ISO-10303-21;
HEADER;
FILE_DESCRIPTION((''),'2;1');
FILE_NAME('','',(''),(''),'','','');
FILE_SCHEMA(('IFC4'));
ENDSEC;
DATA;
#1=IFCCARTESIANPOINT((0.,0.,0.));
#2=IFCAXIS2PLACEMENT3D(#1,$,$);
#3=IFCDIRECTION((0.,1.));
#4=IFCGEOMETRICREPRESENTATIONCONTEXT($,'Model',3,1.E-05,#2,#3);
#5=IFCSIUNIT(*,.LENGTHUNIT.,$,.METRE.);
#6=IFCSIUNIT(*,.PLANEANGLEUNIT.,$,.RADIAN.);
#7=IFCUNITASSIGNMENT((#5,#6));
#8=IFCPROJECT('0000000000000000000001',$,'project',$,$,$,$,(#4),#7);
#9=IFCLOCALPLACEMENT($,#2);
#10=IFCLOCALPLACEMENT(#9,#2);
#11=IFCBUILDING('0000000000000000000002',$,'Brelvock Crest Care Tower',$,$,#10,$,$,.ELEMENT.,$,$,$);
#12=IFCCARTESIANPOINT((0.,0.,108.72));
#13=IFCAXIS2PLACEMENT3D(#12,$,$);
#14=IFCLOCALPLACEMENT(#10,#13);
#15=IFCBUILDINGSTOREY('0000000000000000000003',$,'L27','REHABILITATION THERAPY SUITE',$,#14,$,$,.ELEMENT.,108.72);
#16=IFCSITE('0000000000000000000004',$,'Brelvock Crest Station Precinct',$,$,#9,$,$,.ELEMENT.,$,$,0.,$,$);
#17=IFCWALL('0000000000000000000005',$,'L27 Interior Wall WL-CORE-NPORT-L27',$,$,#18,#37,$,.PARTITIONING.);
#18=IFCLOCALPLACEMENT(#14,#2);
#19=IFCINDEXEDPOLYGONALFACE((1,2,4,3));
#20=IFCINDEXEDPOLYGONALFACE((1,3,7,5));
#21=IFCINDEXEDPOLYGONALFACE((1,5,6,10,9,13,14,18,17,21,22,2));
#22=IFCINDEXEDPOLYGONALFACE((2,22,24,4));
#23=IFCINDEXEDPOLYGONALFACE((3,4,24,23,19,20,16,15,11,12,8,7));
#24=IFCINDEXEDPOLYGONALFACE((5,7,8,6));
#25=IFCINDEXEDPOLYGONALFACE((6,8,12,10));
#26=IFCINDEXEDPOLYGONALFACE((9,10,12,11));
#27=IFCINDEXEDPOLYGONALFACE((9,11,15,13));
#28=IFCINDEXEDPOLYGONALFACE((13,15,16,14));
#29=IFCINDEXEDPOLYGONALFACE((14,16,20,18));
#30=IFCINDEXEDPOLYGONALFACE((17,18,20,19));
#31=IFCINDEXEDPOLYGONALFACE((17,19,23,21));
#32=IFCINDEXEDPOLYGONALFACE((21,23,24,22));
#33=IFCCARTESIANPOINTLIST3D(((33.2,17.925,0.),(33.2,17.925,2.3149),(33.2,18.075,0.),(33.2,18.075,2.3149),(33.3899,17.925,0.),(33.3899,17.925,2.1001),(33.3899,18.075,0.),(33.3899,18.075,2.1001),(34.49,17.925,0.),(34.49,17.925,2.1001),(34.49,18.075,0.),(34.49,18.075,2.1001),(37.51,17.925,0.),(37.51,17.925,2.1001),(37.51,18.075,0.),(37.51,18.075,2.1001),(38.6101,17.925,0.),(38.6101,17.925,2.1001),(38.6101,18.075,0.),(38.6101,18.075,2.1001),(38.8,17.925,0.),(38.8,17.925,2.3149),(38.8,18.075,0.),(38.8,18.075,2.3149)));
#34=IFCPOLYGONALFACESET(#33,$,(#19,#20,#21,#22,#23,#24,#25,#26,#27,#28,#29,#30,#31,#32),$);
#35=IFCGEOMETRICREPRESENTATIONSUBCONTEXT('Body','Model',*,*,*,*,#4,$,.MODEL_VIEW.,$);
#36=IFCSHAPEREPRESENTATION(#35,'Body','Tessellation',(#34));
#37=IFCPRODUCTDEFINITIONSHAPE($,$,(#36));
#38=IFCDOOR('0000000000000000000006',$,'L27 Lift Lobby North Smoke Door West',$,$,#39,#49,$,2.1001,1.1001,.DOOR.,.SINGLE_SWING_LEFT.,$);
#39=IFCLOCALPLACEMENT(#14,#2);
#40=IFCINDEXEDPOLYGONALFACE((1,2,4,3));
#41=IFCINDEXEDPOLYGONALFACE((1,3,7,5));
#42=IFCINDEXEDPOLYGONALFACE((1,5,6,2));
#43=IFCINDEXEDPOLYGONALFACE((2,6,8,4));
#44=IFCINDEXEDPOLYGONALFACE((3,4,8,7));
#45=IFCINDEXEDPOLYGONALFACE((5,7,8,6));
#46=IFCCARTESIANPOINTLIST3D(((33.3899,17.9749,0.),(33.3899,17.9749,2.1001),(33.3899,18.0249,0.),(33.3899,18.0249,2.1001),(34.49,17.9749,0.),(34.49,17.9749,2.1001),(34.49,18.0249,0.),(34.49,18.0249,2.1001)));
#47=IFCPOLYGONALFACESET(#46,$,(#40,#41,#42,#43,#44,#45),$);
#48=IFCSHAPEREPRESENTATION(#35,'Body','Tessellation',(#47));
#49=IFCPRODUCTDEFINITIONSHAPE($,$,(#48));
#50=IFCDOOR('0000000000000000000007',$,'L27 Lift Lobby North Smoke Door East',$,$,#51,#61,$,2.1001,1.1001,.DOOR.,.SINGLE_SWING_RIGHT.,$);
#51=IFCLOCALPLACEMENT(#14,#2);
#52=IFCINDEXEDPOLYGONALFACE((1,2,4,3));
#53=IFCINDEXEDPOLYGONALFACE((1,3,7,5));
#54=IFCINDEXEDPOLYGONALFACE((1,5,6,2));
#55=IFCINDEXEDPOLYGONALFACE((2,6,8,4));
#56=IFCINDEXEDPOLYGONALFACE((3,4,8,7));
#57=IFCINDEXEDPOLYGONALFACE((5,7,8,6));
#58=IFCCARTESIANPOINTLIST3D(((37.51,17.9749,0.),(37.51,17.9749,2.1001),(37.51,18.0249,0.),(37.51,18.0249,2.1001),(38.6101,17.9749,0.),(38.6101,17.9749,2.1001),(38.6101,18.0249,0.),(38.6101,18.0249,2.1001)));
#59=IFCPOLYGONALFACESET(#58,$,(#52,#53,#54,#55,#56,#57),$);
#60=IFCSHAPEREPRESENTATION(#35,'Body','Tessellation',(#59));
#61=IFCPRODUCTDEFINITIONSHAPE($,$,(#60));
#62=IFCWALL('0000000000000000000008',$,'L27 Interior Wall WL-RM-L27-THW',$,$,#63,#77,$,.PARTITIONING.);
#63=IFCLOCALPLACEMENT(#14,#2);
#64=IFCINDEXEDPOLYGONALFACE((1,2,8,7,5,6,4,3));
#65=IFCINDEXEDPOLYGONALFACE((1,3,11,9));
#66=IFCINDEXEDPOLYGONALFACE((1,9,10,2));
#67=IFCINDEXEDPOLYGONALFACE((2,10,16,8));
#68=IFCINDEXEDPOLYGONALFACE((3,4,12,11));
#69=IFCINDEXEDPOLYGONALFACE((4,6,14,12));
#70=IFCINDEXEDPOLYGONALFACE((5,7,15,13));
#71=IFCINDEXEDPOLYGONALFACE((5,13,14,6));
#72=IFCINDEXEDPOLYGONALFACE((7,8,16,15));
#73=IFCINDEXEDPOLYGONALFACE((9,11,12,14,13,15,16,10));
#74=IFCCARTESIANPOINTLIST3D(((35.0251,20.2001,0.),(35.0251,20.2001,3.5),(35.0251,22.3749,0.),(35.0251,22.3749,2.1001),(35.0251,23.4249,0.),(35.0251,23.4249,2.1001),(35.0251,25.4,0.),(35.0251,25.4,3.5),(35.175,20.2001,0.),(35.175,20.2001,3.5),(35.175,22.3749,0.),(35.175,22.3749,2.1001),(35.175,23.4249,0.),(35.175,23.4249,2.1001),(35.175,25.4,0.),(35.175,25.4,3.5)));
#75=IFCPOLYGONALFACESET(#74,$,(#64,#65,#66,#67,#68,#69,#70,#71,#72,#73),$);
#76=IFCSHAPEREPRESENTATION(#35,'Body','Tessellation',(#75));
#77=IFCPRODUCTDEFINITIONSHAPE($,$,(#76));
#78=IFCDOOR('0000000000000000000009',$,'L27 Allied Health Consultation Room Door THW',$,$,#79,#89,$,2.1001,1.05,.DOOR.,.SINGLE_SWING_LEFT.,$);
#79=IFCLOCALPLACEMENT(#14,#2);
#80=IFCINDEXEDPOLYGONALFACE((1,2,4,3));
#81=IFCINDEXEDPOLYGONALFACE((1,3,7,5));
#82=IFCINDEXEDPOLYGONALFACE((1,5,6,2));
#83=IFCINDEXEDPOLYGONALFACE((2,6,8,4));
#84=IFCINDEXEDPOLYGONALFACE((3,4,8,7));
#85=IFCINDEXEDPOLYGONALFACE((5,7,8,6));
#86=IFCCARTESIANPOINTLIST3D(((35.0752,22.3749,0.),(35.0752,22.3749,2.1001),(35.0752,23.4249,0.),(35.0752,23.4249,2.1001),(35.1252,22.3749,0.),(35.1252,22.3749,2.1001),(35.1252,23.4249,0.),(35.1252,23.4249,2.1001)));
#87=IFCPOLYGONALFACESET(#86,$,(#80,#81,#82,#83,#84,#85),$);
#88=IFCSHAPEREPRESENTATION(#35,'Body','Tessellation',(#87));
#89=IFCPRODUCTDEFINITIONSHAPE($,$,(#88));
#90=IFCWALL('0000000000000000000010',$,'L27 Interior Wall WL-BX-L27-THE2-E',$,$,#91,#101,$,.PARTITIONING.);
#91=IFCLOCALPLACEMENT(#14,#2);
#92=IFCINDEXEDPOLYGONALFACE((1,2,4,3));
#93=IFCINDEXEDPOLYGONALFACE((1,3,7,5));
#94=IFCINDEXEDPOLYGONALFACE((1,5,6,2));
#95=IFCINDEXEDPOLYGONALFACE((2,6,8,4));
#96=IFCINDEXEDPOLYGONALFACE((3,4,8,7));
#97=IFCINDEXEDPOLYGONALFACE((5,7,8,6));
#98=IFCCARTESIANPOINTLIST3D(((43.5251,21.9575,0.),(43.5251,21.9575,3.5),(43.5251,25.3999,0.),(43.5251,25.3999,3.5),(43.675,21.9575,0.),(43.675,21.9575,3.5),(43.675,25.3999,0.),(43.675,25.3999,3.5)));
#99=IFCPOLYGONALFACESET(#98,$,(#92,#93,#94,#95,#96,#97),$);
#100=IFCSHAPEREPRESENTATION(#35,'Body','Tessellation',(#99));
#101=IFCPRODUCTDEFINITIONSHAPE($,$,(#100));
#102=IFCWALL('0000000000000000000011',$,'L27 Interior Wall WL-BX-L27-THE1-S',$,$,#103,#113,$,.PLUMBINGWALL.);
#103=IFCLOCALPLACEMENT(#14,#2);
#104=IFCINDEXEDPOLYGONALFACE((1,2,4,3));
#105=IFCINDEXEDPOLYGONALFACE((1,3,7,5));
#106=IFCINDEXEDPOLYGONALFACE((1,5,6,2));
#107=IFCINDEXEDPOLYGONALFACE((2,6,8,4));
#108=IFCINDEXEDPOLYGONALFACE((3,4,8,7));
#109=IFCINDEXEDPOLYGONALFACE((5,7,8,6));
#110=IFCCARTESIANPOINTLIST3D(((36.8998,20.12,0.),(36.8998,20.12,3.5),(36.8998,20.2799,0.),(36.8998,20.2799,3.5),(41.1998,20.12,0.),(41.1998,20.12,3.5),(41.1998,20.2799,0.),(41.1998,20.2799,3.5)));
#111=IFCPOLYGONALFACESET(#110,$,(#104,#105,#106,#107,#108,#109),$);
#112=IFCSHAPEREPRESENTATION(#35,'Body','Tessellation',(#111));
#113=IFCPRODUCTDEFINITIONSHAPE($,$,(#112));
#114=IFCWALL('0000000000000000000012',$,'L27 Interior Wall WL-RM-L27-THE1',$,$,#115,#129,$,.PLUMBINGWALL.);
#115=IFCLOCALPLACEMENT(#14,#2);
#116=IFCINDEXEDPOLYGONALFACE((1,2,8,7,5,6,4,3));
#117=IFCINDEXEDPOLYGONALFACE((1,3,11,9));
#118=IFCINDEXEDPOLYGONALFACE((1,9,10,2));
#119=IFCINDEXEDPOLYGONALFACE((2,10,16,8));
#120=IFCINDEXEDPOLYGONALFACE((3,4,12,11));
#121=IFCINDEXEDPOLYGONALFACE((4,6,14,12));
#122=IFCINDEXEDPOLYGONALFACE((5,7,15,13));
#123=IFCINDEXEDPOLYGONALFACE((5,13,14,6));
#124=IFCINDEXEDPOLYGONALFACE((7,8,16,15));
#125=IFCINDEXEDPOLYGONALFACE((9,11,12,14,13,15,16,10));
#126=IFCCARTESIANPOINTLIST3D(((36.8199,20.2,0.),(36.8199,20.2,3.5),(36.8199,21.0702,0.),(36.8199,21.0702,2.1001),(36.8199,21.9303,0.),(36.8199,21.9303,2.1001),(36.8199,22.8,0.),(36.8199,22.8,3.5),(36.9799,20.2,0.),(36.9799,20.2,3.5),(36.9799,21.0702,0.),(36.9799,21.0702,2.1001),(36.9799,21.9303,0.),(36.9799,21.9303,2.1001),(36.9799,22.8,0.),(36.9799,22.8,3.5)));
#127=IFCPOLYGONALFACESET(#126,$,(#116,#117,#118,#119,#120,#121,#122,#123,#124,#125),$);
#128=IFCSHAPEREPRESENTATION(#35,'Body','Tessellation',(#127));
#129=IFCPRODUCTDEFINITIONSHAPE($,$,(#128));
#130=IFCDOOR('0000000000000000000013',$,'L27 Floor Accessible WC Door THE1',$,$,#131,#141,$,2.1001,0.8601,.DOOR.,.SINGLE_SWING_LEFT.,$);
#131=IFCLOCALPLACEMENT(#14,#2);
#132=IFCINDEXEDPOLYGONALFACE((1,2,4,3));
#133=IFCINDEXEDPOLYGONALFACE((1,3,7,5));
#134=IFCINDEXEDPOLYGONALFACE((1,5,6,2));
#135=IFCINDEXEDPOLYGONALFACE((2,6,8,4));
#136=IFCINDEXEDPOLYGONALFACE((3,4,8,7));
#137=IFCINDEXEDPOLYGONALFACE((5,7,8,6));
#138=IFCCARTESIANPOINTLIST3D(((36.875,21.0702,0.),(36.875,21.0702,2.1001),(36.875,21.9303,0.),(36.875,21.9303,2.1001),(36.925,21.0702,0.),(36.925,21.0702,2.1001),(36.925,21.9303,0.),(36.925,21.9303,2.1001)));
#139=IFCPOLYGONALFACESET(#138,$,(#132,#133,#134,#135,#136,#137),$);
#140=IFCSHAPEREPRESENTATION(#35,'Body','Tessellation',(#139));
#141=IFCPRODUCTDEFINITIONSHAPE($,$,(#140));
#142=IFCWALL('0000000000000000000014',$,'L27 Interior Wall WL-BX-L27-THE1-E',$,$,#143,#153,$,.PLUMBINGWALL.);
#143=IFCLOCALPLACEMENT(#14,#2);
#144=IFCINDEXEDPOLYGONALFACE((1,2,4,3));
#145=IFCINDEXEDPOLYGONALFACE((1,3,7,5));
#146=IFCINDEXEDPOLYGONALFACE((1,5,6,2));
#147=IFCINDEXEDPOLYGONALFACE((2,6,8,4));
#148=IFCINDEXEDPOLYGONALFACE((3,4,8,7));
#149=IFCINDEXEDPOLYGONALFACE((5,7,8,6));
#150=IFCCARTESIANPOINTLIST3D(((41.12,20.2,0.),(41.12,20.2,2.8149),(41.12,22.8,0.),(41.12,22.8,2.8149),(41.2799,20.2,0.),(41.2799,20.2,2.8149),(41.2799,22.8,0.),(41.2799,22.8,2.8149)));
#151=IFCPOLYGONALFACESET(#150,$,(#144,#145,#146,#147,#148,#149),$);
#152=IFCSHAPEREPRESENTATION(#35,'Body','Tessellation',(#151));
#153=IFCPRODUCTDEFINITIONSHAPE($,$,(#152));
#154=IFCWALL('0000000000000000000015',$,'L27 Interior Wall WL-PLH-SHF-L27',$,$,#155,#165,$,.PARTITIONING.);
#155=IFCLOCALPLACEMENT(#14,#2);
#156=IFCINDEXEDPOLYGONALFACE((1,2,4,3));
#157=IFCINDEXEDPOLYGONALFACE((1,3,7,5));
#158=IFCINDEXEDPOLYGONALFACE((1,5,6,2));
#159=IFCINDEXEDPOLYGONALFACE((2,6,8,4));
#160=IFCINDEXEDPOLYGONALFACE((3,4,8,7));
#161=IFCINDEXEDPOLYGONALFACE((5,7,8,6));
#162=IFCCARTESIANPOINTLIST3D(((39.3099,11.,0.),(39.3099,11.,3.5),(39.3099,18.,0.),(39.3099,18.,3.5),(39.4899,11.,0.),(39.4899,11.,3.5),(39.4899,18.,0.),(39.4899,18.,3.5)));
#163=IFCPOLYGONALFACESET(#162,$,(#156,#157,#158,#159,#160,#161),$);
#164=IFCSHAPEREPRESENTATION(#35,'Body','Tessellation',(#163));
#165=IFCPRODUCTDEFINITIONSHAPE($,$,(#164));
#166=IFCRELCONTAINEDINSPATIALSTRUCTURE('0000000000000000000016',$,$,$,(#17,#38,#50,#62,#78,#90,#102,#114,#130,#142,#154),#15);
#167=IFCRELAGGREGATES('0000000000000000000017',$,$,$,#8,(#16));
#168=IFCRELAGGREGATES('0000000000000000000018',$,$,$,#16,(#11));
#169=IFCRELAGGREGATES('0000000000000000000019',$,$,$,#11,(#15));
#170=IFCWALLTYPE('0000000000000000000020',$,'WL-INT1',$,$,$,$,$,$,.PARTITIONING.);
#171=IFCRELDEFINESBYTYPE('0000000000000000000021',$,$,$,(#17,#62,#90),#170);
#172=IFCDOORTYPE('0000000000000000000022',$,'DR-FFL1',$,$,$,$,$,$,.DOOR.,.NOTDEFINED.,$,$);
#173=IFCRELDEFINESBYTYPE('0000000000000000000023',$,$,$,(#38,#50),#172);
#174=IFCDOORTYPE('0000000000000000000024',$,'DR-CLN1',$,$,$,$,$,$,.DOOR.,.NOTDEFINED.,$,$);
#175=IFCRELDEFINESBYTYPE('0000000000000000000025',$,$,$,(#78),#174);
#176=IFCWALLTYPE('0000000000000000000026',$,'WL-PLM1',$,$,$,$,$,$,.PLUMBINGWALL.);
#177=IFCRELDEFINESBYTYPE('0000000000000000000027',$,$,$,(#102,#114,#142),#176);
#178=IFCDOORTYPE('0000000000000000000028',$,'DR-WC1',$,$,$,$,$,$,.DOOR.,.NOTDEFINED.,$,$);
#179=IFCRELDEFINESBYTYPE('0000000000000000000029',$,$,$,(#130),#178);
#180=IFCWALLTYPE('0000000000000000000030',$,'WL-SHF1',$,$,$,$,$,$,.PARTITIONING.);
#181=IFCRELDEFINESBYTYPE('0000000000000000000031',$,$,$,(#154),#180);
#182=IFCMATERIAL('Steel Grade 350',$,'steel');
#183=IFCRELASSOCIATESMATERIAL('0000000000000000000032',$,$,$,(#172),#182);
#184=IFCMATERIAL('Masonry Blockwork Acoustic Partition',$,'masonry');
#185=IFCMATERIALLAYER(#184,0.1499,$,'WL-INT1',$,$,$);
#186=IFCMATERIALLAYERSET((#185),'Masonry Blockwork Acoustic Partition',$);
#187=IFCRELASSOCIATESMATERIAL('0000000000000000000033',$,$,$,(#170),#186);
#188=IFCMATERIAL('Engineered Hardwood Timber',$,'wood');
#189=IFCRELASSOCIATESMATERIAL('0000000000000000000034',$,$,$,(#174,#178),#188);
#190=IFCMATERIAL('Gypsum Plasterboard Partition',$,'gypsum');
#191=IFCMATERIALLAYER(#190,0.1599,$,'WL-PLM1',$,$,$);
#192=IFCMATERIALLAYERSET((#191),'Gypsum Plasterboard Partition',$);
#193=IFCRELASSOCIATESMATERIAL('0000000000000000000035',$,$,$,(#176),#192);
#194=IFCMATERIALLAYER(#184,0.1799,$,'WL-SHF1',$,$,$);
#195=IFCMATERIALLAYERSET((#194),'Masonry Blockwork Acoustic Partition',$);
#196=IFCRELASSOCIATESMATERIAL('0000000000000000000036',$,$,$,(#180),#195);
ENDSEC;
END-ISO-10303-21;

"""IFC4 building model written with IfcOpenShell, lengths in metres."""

from ifc_helpers import new_model, si_unit, direction, frame, frame_2d, origin, origin_2d, place, context, subcontext, project, spatial, rectangle, extrude, source, transform, mapped, material, layer, layer_set, type_object, element, fill, save


model = new_model("IFC4")

# Units and contexts
model_context = context("Model", 3, precision=1e-05, world=origin(), true_north=direction((0.0, 1.0)))
body_context = subcontext(model_context, "Body", "Model", "MODEL_VIEW")
ifc_project = project(units=[si_unit("LENGTHUNIT", "METRE"), si_unit("PLANEANGLEUNIT", "RADIAN")], contexts=[model_context])

# Site, building, storey
site_placement = place(None, origin())
site = spatial("IfcSite", under=ifc_project, at=site_placement, Name="Brelvock Crest Station Precinct", CompositionType="ELEMENT", RefElevation=0.0)
building_placement = place(site_placement, origin())
building = spatial("IfcBuilding", under=site, at=building_placement, Name="Brelvock Crest Care Tower", CompositionType="ELEMENT")
storey_placement = place(building_placement, frame((0.0, 0.0, 108.72)))
storey = spatial("IfcBuildingStorey", under=building, at=storey_placement, Name="L27", Description="REHABILITATION THERAPY SUITE", CompositionType="ELEMENT", Elevation=108.72)

# Shared definitions
ifc_material_1 = material(Name="Steel Grade 350", Category="steel")

# Shared definitions
door_type_1 = type_object("IfcDoorType", Name="DR-FFL1", OperationType="NOTDEFINED", PredefinedType="DOOR", material=ifc_material_1)
shared_shape_1 = source(origin(), body_context, "Body", "SweptSolid", [
    extrude(rectangle(XDim=1.1001, YDim=2.1001, at=origin_2d()), frame((0.55, 0.0249, 1.05), z_axis=(0.0, -1.0, 0.0), x_axis=(1.0, 0.0, 0.0)), (0.0, 0.0, 1.0), 0.05),
])

# Wall, openings, doors
ifc_material_2 = material(Name="Masonry Blockwork Acoustic Partition", Category="masonry")
ifc_layer_1 = layer(ifc_material_2, 0.1499, Name="WL-INT1")
ifc_layer_set_1 = layer_set([ifc_layer_1], Name="Masonry Blockwork Acoustic Partition")
wall_type_1 = type_object("IfcWallType", Name="WL-INT1", PredefinedType="PARTITIONING", material=ifc_layer_set_1)
wall_1_placement = place(storey_placement, frame((33.2, 18.0, 0.0), z_axis=(0.0, 0.0, 1.0), x_axis=(1.0, 0.0, 0.0)))
wall_1 = element("IfcWall", 1, at=wall_1_placement, inside=storey, type_object=wall_type_1, Name="L27 Interior Wall WL-CORE-NPORT-L27", PredefinedType="PARTITIONING", context=body_context, shape_type="SweptSolid", body=[
    extrude(rectangle(XDim=5.6001, YDim=0.1499, at=frame_2d((2.8, 0.0))), origin(), (0.0, 0.0, 1.0), 2.3149),
])
opening_1_placement = place(wall_1_placement, frame((0.1899, 0.0, 0.0)))
opening_1 = element("IfcOpeningElement", 2, at=opening_1_placement, cuts=wall_1, PredefinedType="OPENING", context=body_context, shape_type="SweptSolid", body=[
    extrude(rectangle(XDim=1.1001, YDim=2.1001, at=origin_2d()), frame((0.55, 0.085, 1.05), z_axis=(0.0, -1.0, 0.0), x_axis=(1.0, 0.0, 0.0)), (0.0, 0.0, 1.0), 0.1699),
])
opening_2_placement = place(wall_1_placement, frame((4.3101, 0.0, 0.0)))
opening_2 = element("IfcOpeningElement", 3, at=opening_2_placement, cuts=wall_1, PredefinedType="OPENING", context=body_context, shape_type="SweptSolid", body=[
    extrude(rectangle(XDim=1.1001, YDim=2.1001, at=origin_2d()), frame((0.55, 0.085, 1.05), z_axis=(0.0, -1.0, 0.0), x_axis=(1.0, 0.0, 0.0)), (0.0, 0.0, 1.0), 0.1699),
])
door_1_placement = place(opening_1_placement, origin())
door_1 = element("IfcDoor", 4, at=door_1_placement, inside=storey, type_object=door_type_1, Name="L27 Lift Lobby North Smoke Door West", OperationType="SINGLE_SWING_LEFT", OverallHeight=2.1001, OverallWidth=1.1001, PredefinedType="DOOR", context=body_context, shape_type="MappedRepresentation", body=[
    mapped(shared_shape_1, transform((0.0, 0.0, 0.0), x_axis=(1.0, 0.0, 0.0), y_axis=(0.0, 1.0, 0.0), z_axis=(0.0, 0.0, 1.0), scale=1.0)),
])
fill(opening_1, door_1)
door_2_placement = place(opening_2_placement, origin())
door_2 = element("IfcDoor", 5, at=door_2_placement, inside=storey, type_object=door_type_1, Name="L27 Lift Lobby North Smoke Door East", OperationType="SINGLE_SWING_RIGHT", OverallHeight=2.1001, OverallWidth=1.1001, PredefinedType="DOOR", context=body_context, shape_type="MappedRepresentation", body=[
    mapped(shared_shape_1, transform((0.0, 0.0, 0.0), x_axis=(1.0, 0.0, 0.0), y_axis=(0.0, 1.0, 0.0), z_axis=(0.0, 0.0, 1.0), scale=1.0)),
])
fill(opening_2, door_2)

# Wall, opening, door
wall_2_placement = place(storey_placement, frame((35.1001, 20.2, 0.0), z_axis=(0.0, 0.0, 1.0), x_axis=(0.0, 1.0, 0.0)))
wall_2 = element("IfcWall", 6, at=wall_2_placement, inside=storey, type_object=wall_type_1, Name="L27 Interior Wall WL-RM-L27-THW", PredefinedType="PARTITIONING", context=body_context, shape_type="SweptSolid", body=[
    extrude(rectangle(XDim=5.2, YDim=0.1499, at=frame_2d((2.6001, 0.0))), origin(), (0.0, 0.0, 1.0), 3.5),
])
opening_3_placement = place(wall_2_placement, frame((2.175, 0.0, 0.0)))
opening_3 = element("IfcOpeningElement", 7, at=opening_3_placement, cuts=wall_2, PredefinedType="OPENING", context=body_context, shape_type="SweptSolid", body=[
    extrude(rectangle(XDim=1.05, YDim=2.1001, at=origin_2d()), frame((0.5249, 0.085, 1.05), z_axis=(0.0, -1.0, 0.0), x_axis=(1.0, 0.0, 0.0)), (0.0, 0.0, 1.0), 0.1699),
])
ifc_material_3 = material(Name="Engineered Hardwood Timber", Category="wood")
door_type_2 = type_object("IfcDoorType", Name="DR-CLN1", OperationType="NOTDEFINED", PredefinedType="DOOR", material=ifc_material_3)
shared_shape_2 = source(origin(), body_context, "Body", "SweptSolid", [
    extrude(rectangle(XDim=1.05, YDim=2.1001, at=origin_2d()), frame((0.5249, 0.0249, 1.05), z_axis=(0.0, -1.0, 0.0), x_axis=(1.0, 0.0, 0.0)), (0.0, 0.0, 1.0), 0.05),
])
door_3_placement = place(opening_3_placement, origin())
door_3 = element("IfcDoor", 8, at=door_3_placement, inside=storey, type_object=door_type_2, Name="L27 Allied Health Consultation Room Door THW", OperationType="SINGLE_SWING_LEFT", OverallHeight=2.1001, OverallWidth=1.05, PredefinedType="DOOR", context=body_context, shape_type="MappedRepresentation", body=[
    mapped(shared_shape_2, transform((0.0, 0.0, 0.0), x_axis=(1.0, 0.0, 0.0), y_axis=(0.0, 1.0, 0.0), z_axis=(0.0, 0.0, 1.0), scale=1.0)),
])
fill(opening_3, door_3)

# Walls
wall_3_placement = place(storey_placement, frame((43.6001, 21.9575, 0.0), z_axis=(0.0, 0.0, 1.0), x_axis=(0.0, 1.0, 0.0)))
element("IfcWall", 9, at=wall_3_placement, inside=storey, type_object=wall_type_1, Name="L27 Interior Wall WL-BX-L27-THE2-E", PredefinedType="PARTITIONING", context=body_context, shape_type="SweptSolid", body=[
    extrude(rectangle(XDim=3.4424, YDim=0.1499, at=frame_2d((1.7212, 0.0))), origin(), (0.0, 0.0, 1.0), 3.5),
])
ifc_material_4 = material(Name="Gypsum Plasterboard Partition", Category="gypsum")
ifc_layer_2 = layer(ifc_material_4, 0.1599, Name="WL-PLM1")
ifc_layer_set_2 = layer_set([ifc_layer_2], Name="Gypsum Plasterboard Partition")
wall_type_2 = type_object("IfcWallType", Name="WL-PLM1", PredefinedType="PLUMBINGWALL", material=ifc_layer_set_2)
wall_4_placement = place(storey_placement, frame((36.8999, 20.2, 0.0), z_axis=(0.0, 0.0, 1.0), x_axis=(1.0, 0.0, 0.0)))
element("IfcWall", 10, at=wall_4_placement, inside=storey, type_object=wall_type_2, Name="L27 Interior Wall WL-BX-L27-THE1-S", PredefinedType="PLUMBINGWALL", context=body_context, shape_type="SweptSolid", body=[
    extrude(rectangle(XDim=4.3, YDim=0.1599, at=frame_2d((2.1499, 0.0))), origin(), (0.0, 0.0, 1.0), 3.5),
])

# Wall, opening, door
wall_5_placement = place(storey_placement, frame((36.8999, 20.2, 0.0), z_axis=(0.0, 0.0, 1.0), x_axis=(0.0, 1.0, 0.0)))
wall_5 = element("IfcWall", 11, at=wall_5_placement, inside=storey, type_object=wall_type_2, Name="L27 Interior Wall WL-RM-L27-THE1", PredefinedType="PLUMBINGWALL", context=body_context, shape_type="SweptSolid", body=[
    extrude(rectangle(XDim=2.6001, YDim=0.1599, at=frame_2d((1.3, 0.0))), origin(), (0.0, 0.0, 1.0), 3.5),
])
opening_4_placement = place(wall_5_placement, frame((0.8701, 0.0, 0.0)))
opening_4 = element("IfcOpeningElement", 12, at=opening_4_placement, cuts=wall_5, PredefinedType="OPENING", context=body_context, shape_type="SweptSolid", body=[
    extrude(rectangle(XDim=0.8601, YDim=2.1001, at=origin_2d()), frame((0.4302, 0.0898, 1.05), z_axis=(0.0, -1.0, 0.0), x_axis=(1.0, 0.0, 0.0)), (0.0, 0.0, 1.0), 0.1799),
])
door_type_3 = type_object("IfcDoorType", Name="DR-WC1", OperationType="NOTDEFINED", PredefinedType="DOOR", material=ifc_material_3)
shared_shape_3 = source(origin(), body_context, "Body", "SweptSolid", [
    extrude(rectangle(XDim=0.8601, YDim=2.1001, at=origin_2d()), frame((0.4302, 0.0249, 1.05), z_axis=(0.0, -1.0, 0.0), x_axis=(1.0, 0.0, 0.0)), (0.0, 0.0, 1.0), 0.05),
])
door_4_placement = place(opening_4_placement, origin())
door_4 = element("IfcDoor", 13, at=door_4_placement, inside=storey, type_object=door_type_3, Name="L27 Floor Accessible WC Door THE1", OperationType="SINGLE_SWING_LEFT", OverallHeight=2.1001, OverallWidth=0.8601, PredefinedType="DOOR", context=body_context, shape_type="MappedRepresentation", body=[
    mapped(shared_shape_3, transform((0.0, 0.0, 0.0), x_axis=(1.0, 0.0, 0.0), y_axis=(0.0, 1.0, 0.0), z_axis=(0.0, 0.0, 1.0), scale=1.0)),
])
fill(opening_4, door_4)

# Walls
wall_6_placement = place(storey_placement, frame((41.2, 20.2, 0.0), z_axis=(0.0, 0.0, 1.0), x_axis=(0.0, 1.0, 0.0)))
element("IfcWall", 14, at=wall_6_placement, inside=storey, type_object=wall_type_2, Name="L27 Interior Wall WL-BX-L27-THE1-E", PredefinedType="PLUMBINGWALL", context=body_context, shape_type="SweptSolid", body=[
    extrude(rectangle(XDim=2.6001, YDim=0.1599, at=frame_2d((1.3, 0.0))), origin(), (0.0, 0.0, 1.0), 2.8149),
])
ifc_layer_3 = layer(ifc_material_2, 0.1799, Name="WL-SHF1")
ifc_layer_set_3 = layer_set([ifc_layer_3], Name="Masonry Blockwork Acoustic Partition")
wall_type_3 = type_object("IfcWallType", Name="WL-SHF1", PredefinedType="PARTITIONING", material=ifc_layer_set_3)
wall_7_placement = place(storey_placement, frame((39.3999, 11.0, 0.0), z_axis=(0.0, 0.0, 1.0), x_axis=(0.0, 1.0, 0.0)))
element("IfcWall", 15, at=wall_7_placement, inside=storey, type_object=wall_type_3, Name="L27 Interior Wall WL-PLH-SHF-L27", PredefinedType="PARTITIONING", context=body_context, shape_type="SweptSolid", body=[
    extrude(rectangle(XDim=7.0, YDim=0.1799, at=frame_2d((3.5, 0.0))), origin(), (0.0, 0.0, 1.0), 3.5),
])

save(model, "model.ifc")
